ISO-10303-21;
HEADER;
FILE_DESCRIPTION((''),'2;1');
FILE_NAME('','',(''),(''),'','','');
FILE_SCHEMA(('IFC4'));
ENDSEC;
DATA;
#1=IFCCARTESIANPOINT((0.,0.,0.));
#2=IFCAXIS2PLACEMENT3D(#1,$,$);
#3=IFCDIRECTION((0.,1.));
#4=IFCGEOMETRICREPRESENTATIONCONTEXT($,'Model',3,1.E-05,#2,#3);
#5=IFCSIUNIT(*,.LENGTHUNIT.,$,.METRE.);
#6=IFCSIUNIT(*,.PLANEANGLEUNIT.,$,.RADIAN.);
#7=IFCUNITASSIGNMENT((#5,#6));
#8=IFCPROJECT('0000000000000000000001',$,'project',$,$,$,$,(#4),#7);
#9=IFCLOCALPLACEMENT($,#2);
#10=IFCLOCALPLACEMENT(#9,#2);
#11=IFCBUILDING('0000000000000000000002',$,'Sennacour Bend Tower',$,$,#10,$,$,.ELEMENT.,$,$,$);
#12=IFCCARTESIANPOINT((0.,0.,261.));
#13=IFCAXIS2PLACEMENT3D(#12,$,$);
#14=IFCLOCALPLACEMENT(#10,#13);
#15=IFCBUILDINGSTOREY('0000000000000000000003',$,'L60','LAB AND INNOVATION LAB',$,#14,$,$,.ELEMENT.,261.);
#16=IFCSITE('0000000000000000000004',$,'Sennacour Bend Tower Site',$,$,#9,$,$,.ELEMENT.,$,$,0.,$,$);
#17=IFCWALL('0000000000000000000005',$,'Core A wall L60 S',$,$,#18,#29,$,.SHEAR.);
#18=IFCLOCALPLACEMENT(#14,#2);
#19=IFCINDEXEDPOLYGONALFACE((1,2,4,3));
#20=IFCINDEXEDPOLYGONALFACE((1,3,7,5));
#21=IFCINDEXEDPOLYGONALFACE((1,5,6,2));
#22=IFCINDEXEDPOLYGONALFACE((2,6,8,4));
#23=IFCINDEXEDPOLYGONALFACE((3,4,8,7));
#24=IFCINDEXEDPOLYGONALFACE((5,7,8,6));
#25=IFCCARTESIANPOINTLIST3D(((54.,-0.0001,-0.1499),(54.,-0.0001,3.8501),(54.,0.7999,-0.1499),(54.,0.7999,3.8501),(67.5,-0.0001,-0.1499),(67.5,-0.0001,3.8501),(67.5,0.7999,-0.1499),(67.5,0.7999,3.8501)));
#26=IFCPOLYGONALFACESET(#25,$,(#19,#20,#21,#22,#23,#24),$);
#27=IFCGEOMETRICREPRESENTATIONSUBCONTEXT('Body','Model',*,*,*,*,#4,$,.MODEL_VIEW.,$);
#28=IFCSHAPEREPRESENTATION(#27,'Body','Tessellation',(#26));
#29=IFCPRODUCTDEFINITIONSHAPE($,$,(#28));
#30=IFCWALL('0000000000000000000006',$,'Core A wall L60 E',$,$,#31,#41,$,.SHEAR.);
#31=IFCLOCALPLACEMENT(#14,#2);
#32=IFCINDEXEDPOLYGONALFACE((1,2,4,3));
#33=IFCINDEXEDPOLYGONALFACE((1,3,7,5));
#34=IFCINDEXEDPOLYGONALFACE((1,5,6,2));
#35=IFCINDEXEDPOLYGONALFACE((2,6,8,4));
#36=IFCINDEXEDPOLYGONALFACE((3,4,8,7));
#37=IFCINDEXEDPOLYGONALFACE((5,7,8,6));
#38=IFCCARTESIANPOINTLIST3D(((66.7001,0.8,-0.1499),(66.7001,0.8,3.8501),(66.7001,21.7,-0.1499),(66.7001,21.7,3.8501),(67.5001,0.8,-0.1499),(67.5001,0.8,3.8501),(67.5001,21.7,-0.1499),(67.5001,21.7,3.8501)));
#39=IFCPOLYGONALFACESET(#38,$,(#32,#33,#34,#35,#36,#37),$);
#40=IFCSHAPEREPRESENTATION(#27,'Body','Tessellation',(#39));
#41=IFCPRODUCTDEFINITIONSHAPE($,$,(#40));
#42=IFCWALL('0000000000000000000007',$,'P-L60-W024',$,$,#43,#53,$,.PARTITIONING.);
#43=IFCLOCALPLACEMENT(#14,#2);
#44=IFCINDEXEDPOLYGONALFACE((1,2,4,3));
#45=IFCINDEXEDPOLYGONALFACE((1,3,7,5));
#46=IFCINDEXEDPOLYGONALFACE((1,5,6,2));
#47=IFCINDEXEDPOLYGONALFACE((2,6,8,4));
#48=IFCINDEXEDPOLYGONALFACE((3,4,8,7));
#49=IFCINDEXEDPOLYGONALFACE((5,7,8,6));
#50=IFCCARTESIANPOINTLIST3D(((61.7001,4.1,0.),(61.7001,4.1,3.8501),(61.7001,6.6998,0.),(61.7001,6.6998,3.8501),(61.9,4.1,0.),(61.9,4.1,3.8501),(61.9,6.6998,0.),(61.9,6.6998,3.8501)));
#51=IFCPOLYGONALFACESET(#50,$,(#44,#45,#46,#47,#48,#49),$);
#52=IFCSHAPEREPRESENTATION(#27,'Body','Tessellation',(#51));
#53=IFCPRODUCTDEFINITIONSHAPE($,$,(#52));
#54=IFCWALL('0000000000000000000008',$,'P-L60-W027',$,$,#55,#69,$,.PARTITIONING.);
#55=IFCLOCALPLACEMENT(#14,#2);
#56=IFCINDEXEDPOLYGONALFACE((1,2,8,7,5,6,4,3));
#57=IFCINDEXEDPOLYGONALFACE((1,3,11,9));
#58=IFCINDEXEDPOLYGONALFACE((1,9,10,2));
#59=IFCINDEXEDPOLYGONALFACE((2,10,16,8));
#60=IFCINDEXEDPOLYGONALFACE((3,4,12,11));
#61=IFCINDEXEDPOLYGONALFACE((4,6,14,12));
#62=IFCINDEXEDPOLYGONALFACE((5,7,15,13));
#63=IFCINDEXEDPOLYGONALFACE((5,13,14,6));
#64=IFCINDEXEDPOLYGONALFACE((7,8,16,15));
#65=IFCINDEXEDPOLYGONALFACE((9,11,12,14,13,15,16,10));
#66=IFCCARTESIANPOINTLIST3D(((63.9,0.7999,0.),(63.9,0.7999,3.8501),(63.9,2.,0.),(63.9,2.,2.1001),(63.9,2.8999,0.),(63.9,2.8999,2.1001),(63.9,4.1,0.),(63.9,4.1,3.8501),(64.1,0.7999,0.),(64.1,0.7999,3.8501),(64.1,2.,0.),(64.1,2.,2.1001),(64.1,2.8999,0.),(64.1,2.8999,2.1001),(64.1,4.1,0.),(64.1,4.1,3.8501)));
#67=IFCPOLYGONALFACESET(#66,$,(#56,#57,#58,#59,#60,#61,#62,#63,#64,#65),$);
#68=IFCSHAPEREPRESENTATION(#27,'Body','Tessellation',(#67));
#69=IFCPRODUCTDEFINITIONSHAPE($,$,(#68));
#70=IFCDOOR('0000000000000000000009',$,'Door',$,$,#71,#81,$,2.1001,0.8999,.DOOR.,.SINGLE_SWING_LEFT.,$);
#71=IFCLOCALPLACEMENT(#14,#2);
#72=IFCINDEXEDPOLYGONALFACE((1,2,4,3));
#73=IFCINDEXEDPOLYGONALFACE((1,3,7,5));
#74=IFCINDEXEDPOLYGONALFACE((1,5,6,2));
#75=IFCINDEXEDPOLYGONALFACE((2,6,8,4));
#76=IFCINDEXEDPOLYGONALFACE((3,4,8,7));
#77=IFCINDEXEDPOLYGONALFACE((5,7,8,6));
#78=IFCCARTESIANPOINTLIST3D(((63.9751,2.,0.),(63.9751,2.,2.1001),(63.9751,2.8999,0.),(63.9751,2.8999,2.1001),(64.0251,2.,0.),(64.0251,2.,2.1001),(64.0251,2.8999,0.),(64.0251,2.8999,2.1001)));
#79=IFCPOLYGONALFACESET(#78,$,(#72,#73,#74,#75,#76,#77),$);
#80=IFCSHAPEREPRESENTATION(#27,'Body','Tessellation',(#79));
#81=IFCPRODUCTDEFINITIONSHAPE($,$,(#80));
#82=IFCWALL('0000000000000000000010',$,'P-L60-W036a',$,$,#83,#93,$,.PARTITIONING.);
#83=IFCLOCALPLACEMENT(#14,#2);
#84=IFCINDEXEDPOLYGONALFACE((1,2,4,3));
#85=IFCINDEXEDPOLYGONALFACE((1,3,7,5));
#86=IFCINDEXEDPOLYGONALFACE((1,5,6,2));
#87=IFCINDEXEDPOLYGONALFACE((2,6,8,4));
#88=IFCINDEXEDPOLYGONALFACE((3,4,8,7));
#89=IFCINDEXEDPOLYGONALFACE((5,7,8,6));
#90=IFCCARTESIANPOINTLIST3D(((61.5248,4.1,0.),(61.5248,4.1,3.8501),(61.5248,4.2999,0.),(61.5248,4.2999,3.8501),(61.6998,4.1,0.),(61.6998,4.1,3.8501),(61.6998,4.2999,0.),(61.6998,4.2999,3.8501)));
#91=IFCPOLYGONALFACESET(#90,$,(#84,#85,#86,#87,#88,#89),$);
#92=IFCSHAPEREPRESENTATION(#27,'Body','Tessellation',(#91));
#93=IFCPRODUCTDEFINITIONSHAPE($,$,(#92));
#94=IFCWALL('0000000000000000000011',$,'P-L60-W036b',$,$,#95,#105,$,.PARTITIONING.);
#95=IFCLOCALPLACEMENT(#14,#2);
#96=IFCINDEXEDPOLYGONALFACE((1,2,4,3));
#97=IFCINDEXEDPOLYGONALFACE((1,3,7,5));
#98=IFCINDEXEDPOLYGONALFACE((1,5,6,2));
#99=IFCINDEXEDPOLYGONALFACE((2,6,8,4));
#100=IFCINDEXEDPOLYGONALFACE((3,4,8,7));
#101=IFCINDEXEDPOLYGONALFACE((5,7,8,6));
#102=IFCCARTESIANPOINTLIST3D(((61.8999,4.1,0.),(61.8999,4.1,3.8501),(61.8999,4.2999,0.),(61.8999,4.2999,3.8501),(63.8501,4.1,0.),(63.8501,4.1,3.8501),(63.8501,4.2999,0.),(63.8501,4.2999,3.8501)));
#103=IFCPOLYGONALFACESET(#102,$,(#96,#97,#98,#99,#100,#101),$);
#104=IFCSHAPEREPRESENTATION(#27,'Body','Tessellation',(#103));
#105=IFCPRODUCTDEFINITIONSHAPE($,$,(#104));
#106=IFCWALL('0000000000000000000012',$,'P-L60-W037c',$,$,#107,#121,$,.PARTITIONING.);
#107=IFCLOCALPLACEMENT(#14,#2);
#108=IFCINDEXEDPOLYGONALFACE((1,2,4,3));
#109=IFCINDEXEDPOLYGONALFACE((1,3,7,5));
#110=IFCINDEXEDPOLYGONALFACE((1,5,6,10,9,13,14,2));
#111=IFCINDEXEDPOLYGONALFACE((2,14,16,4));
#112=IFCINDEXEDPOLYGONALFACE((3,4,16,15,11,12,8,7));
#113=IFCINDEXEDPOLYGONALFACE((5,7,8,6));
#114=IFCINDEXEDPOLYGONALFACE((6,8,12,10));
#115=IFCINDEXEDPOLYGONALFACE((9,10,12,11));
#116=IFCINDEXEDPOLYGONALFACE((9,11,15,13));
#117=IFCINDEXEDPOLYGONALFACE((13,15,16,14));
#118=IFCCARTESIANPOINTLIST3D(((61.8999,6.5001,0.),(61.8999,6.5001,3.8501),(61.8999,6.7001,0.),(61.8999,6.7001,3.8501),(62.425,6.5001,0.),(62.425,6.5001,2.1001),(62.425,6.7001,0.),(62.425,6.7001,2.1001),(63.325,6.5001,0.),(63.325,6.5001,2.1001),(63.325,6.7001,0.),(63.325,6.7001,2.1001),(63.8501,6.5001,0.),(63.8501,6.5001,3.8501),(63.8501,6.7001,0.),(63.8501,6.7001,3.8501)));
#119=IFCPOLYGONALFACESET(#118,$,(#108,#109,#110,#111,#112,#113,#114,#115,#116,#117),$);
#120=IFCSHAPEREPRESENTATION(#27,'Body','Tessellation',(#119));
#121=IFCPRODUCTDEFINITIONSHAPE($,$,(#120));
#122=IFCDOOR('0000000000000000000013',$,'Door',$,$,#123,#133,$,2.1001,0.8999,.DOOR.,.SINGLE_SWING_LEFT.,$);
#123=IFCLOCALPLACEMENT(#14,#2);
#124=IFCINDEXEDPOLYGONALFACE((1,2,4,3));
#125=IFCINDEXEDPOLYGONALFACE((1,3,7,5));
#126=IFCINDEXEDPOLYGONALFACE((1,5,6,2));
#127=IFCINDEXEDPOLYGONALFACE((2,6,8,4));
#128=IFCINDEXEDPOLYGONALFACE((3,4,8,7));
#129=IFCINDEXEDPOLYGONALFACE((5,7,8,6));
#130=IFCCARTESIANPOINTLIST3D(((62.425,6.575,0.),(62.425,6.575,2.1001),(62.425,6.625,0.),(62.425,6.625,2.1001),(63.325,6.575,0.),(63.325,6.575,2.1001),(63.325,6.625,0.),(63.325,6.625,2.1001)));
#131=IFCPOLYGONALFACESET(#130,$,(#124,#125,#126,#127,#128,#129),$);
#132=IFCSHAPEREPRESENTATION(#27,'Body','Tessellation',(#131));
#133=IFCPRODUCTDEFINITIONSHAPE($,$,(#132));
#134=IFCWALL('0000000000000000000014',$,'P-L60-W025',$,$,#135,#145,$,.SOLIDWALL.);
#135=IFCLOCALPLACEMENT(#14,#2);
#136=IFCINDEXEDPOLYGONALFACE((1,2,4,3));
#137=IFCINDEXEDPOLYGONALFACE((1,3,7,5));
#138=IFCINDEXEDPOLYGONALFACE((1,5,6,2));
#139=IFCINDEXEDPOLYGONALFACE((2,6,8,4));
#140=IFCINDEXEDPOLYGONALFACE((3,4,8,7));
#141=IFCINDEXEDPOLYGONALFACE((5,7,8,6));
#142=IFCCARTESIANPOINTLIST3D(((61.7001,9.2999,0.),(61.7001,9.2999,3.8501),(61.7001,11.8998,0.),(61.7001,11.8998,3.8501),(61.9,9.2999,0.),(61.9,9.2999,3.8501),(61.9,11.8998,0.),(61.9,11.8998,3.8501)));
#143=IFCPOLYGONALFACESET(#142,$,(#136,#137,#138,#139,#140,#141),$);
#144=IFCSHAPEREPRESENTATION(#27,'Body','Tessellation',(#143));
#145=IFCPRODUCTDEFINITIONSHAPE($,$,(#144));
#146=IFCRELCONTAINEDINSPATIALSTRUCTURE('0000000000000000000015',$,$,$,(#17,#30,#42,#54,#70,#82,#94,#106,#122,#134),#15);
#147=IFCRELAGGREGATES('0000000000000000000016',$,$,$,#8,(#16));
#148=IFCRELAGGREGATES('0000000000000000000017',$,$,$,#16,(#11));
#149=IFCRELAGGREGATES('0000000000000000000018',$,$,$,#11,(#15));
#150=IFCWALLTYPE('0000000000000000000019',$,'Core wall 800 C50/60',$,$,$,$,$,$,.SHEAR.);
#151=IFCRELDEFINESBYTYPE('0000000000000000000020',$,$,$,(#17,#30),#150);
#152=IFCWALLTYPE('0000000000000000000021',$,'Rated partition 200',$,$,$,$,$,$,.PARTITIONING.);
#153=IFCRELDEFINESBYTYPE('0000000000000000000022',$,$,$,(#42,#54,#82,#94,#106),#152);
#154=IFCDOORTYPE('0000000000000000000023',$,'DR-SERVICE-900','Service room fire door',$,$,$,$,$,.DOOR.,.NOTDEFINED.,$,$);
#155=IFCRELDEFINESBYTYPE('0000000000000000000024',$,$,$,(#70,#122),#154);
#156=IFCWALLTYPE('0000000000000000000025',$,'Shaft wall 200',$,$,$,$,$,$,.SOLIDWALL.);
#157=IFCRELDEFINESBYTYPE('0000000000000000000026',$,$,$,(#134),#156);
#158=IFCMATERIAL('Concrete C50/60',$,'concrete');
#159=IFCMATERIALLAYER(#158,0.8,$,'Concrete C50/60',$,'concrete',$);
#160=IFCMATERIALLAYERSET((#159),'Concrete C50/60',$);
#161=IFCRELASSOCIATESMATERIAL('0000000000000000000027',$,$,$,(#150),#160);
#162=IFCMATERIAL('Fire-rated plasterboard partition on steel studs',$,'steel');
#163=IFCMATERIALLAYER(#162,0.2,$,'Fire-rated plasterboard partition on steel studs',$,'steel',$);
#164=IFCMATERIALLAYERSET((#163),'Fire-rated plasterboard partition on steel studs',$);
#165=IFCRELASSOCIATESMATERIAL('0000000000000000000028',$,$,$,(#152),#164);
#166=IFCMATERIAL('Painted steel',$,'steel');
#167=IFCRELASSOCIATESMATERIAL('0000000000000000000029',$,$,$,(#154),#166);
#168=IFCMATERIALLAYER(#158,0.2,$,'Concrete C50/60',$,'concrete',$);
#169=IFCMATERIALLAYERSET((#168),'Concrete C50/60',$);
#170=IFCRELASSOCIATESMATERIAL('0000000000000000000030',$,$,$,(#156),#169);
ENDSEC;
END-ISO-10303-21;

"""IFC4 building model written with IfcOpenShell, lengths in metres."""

from ifc_helpers import new_model, si_unit, direction, frame, frame_2d, origin, place, context, subcontext, project, spatial, rectangle, extrude, material, layer, layer_set, type_object, element, fill, save


model = new_model("IFC4")

# Units and contexts
model_context = context("Model", 3, precision=1e-05, world=origin(), true_north=direction((0.0, 1.0)))
body_context = subcontext(model_context, "Body", "Model", "MODEL_VIEW")
ifc_project = project(units=[si_unit("LENGTHUNIT", "METRE"), si_unit("PLANEANGLEUNIT", "RADIAN")], contexts=[model_context])

# Site, building, storey
site_placement = place(None, origin())
site = spatial("IfcSite", under=ifc_project, at=site_placement, Name="Sennacour Bend Tower Site", CompositionType="ELEMENT", RefElevation=0.0)
building_placement = place(site_placement, origin())
building = spatial("IfcBuilding", under=site, at=building_placement, Name="Sennacour Bend Tower", CompositionType="ELEMENT")
storey_placement = place(building_placement, frame((0.0, 0.0, 261.0)))
storey = spatial("IfcBuildingStorey", under=building, at=storey_placement, Name="L60", Description="LAB AND INNOVATION LAB", CompositionType="ELEMENT", Elevation=261.0)

# Walls
ifc_material_1 = material(Name="Concrete C50/60", Category="concrete")
ifc_layer_1 = layer(ifc_material_1, 0.8, Name="Concrete C50/60", Category="concrete")
ifc_layer_set_1 = layer_set([ifc_layer_1], Name="Concrete C50/60")
wall_type_1 = type_object("IfcWallType", Name="Core wall 800 C50/60", PredefinedType="SHEAR", material=ifc_layer_set_1)
wall_1_placement = place(storey_placement, frame((67.5, 0.3999, -0.1499), z_axis=(0.0, 0.0, 1.0), x_axis=(-1.0, 0.0, 0.0)))
element("IfcWall", 1, at=wall_1_placement, inside=storey, type_object=wall_type_1, Name="Core A wall L60 S", PredefinedType="SHEAR", context=body_context, shape_type="SweptSolid", body=[
    extrude(rectangle(XDim=13.5, YDim=0.8, at=frame_2d((6.75, 0.0))), origin(), (0.0, 0.0, 1.0), 4.0),
])
wall_2_placement = place(storey_placement, frame((67.1001, 0.8, -0.1499), z_axis=(0.0, 0.0, 1.0), x_axis=(0.0, 1.0, 0.0)))
element("IfcWall", 2, at=wall_2_placement, inside=storey, type_object=wall_type_1, Name="Core A wall L60 E", PredefinedType="SHEAR", context=body_context, shape_type="SweptSolid", body=[
    extrude(rectangle(XDim=20.8999, YDim=0.8, at=frame_2d((10.45, 0.0))), origin(), (0.0, 0.0, 1.0), 4.0),
])
ifc_material_2 = material(Name="Fire-rated plasterboard partition on steel studs", Category="steel")
ifc_layer_2 = layer(ifc_material_2, 0.2, Name="Fire-rated plasterboard partition on steel studs", Category="steel")
ifc_layer_set_2 = layer_set([ifc_layer_2], Name="Fire-rated plasterboard partition on steel studs")
wall_type_2 = type_object("IfcWallType", Name="Rated partition 200", PredefinedType="PARTITIONING", material=ifc_layer_set_2)
wall_3_placement = place(storey_placement, frame((61.8, 4.1001, 0.0), z_axis=(0.0, 0.0, 1.0), x_axis=(0.0, 1.0, 0.0)))
element("IfcWall", 3, at=wall_3_placement, inside=storey, type_object=wall_type_2, Name="P-L60-W024", PredefinedType="PARTITIONING", context=body_context, shape_type="SweptSolid", body=[
    extrude(rectangle(XDim=2.5999, YDim=0.2, at=frame_2d((1.2998, 0.0))), origin(), (0.0, 0.0, 1.0), 3.8501),
])

# Wall, opening, door
wall_4_placement = place(storey_placement, frame((64.0, 0.8, 0.0), z_axis=(0.0, 0.0, 1.0), x_axis=(0.0, 1.0, 0.0)))
wall_4 = element("IfcWall", 4, at=wall_4_placement, inside=storey, type_object=wall_type_2, Name="P-L60-W027", PredefinedType="PARTITIONING", context=body_context, shape_type="SweptSolid", body=[
    extrude(rectangle(XDim=3.3, YDim=0.2, at=frame_2d((1.6499, 0.0))), origin(), (0.0, 0.0, 1.0), 3.8501),
])
opening_1_placement = place(wall_4_placement, frame((1.2, 0.0, 0.0)))
opening_1 = element("IfcOpeningElement", 5, at=opening_1_placement, cuts=wall_4, PredefinedType="OPENING", context=body_context, shape_type="SweptSolid", body=[
    extrude(rectangle(XDim=0.8999, YDim=2.1001, at=frame_2d((0.45, 1.05))), frame((0.0, 0.1099, 0.0), z_axis=(0.0, -1.0, 0.0), x_axis=(1.0, 0.0, 0.0)), (0.0, 0.0, 1.0), 0.22),
])
ifc_material_3 = material(Name="Painted steel", Category="steel")
door_type_1 = type_object("IfcDoorType", Name="DR-SERVICE-900", Description="Service room fire door", OperationType="NOTDEFINED", PredefinedType="DOOR", material=ifc_material_3)
door_1_placement = place(opening_1_placement, origin())
door_1 = element("IfcDoor", 6, at=door_1_placement, inside=storey, type_object=door_type_1, Name="Door", OperationType="SINGLE_SWING_LEFT", OverallHeight=2.1001, OverallWidth=0.8999, PredefinedType="DOOR", context=body_context, shape_type="SweptSolid", body=[
    extrude(rectangle(XDim=0.8999, YDim=2.1001, at=frame_2d((0.45, 1.05))), frame((0.0, 0.0249, 0.0), z_axis=(0.0, -1.0, 0.0), x_axis=(1.0, 0.0, 0.0)), (0.0, 0.0, 1.0), 0.05),
])
fill(opening_1, door_1)

# Walls
wall_5_placement = place(storey_placement, frame((61.5249, 4.2, 0.0), z_axis=(0.0, 0.0, 1.0), x_axis=(1.0, 0.0, 0.0)))
element("IfcWall", 7, at=wall_5_placement, inside=storey, type_object=wall_type_2, Name="P-L60-W036a", PredefinedType="PARTITIONING", context=body_context, shape_type="SweptSolid", body=[
    extrude(rectangle(XDim=0.175, YDim=0.2, at=frame_2d((0.0874, 0.0))), origin(), (0.0, 0.0, 1.0), 3.8501),
])
wall_6_placement = place(storey_placement, frame((61.8999, 4.2, 0.0), z_axis=(0.0, 0.0, 1.0), x_axis=(1.0, 0.0, 0.0)))
element("IfcWall", 8, at=wall_6_placement, inside=storey, type_object=wall_type_2, Name="P-L60-W036b", PredefinedType="PARTITIONING", context=body_context, shape_type="SweptSolid", body=[
    extrude(rectangle(XDim=1.9502, YDim=0.2, at=frame_2d((0.9751, 0.0))), origin(), (0.0, 0.0, 1.0), 3.8501),
])

# Wall, opening, door
wall_7_placement = place(storey_placement, frame((61.8999, 6.6001, 0.0), z_axis=(0.0, 0.0, 1.0), x_axis=(1.0, 0.0, 0.0)))
wall_7 = element("IfcWall", 9, at=wall_7_placement, inside=storey, type_object=wall_type_2, Name="P-L60-W037c", PredefinedType="PARTITIONING", context=body_context, shape_type="SweptSolid", body=[
    extrude(rectangle(XDim=1.9502, YDim=0.2, at=frame_2d((0.9751, 0.0))), origin(), (0.0, 0.0, 1.0), 3.8501),
])
opening_2_placement = place(wall_7_placement, frame((0.5251, 0.0, 0.0)))
opening_2 = element("IfcOpeningElement", 10, at=opening_2_placement, cuts=wall_7, PredefinedType="OPENING", context=body_context, shape_type="SweptSolid", body=[
    extrude(rectangle(XDim=0.8999, YDim=2.1001, at=frame_2d((0.45, 1.05))), frame((0.0, 0.1099, 0.0), z_axis=(0.0, -1.0, 0.0), x_axis=(1.0, 0.0, 0.0)), (0.0, 0.0, 1.0), 0.22),
])
door_2_placement = place(opening_2_placement, origin())
door_2 = element("IfcDoor", 11, at=door_2_placement, inside=storey, type_object=door_type_1, Name="Door", OperationType="SINGLE_SWING_LEFT", OverallHeight=2.1001, OverallWidth=0.8999, PredefinedType="DOOR", context=body_context, shape_type="SweptSolid", body=[
    extrude(rectangle(XDim=0.8999, YDim=2.1001, at=frame_2d((0.45, 1.05))), frame((0.0, 0.0249, 0.0), z_axis=(0.0, -1.0, 0.0), x_axis=(1.0, 0.0, 0.0)), (0.0, 0.0, 1.0), 0.05),
])
fill(opening_2, door_2)

# Wall
ifc_layer_3 = layer(ifc_material_1, 0.2, Name="Concrete C50/60", Category="concrete")
ifc_layer_set_3 = layer_set([ifc_layer_3], Name="Concrete C50/60")
wall_type_3 = type_object("IfcWallType", Name="Shaft wall 200", PredefinedType="SOLIDWALL", material=ifc_layer_set_3)
wall_8_placement = place(storey_placement, frame((61.8, 9.3, 0.0), z_axis=(0.0, 0.0, 1.0), x_axis=(0.0, 1.0, 0.0)))
element("IfcWall", 12, at=wall_8_placement, inside=storey, type_object=wall_type_3, Name="P-L60-W025", PredefinedType="SOLIDWALL", context=body_context, shape_type="SweptSolid", body=[
    extrude(rectangle(XDim=2.5999, YDim=0.2, at=frame_2d((1.2998, 0.0))), origin(), (0.0, 0.0, 1.0), 3.8501),
])

save(model, "model.ifc")
